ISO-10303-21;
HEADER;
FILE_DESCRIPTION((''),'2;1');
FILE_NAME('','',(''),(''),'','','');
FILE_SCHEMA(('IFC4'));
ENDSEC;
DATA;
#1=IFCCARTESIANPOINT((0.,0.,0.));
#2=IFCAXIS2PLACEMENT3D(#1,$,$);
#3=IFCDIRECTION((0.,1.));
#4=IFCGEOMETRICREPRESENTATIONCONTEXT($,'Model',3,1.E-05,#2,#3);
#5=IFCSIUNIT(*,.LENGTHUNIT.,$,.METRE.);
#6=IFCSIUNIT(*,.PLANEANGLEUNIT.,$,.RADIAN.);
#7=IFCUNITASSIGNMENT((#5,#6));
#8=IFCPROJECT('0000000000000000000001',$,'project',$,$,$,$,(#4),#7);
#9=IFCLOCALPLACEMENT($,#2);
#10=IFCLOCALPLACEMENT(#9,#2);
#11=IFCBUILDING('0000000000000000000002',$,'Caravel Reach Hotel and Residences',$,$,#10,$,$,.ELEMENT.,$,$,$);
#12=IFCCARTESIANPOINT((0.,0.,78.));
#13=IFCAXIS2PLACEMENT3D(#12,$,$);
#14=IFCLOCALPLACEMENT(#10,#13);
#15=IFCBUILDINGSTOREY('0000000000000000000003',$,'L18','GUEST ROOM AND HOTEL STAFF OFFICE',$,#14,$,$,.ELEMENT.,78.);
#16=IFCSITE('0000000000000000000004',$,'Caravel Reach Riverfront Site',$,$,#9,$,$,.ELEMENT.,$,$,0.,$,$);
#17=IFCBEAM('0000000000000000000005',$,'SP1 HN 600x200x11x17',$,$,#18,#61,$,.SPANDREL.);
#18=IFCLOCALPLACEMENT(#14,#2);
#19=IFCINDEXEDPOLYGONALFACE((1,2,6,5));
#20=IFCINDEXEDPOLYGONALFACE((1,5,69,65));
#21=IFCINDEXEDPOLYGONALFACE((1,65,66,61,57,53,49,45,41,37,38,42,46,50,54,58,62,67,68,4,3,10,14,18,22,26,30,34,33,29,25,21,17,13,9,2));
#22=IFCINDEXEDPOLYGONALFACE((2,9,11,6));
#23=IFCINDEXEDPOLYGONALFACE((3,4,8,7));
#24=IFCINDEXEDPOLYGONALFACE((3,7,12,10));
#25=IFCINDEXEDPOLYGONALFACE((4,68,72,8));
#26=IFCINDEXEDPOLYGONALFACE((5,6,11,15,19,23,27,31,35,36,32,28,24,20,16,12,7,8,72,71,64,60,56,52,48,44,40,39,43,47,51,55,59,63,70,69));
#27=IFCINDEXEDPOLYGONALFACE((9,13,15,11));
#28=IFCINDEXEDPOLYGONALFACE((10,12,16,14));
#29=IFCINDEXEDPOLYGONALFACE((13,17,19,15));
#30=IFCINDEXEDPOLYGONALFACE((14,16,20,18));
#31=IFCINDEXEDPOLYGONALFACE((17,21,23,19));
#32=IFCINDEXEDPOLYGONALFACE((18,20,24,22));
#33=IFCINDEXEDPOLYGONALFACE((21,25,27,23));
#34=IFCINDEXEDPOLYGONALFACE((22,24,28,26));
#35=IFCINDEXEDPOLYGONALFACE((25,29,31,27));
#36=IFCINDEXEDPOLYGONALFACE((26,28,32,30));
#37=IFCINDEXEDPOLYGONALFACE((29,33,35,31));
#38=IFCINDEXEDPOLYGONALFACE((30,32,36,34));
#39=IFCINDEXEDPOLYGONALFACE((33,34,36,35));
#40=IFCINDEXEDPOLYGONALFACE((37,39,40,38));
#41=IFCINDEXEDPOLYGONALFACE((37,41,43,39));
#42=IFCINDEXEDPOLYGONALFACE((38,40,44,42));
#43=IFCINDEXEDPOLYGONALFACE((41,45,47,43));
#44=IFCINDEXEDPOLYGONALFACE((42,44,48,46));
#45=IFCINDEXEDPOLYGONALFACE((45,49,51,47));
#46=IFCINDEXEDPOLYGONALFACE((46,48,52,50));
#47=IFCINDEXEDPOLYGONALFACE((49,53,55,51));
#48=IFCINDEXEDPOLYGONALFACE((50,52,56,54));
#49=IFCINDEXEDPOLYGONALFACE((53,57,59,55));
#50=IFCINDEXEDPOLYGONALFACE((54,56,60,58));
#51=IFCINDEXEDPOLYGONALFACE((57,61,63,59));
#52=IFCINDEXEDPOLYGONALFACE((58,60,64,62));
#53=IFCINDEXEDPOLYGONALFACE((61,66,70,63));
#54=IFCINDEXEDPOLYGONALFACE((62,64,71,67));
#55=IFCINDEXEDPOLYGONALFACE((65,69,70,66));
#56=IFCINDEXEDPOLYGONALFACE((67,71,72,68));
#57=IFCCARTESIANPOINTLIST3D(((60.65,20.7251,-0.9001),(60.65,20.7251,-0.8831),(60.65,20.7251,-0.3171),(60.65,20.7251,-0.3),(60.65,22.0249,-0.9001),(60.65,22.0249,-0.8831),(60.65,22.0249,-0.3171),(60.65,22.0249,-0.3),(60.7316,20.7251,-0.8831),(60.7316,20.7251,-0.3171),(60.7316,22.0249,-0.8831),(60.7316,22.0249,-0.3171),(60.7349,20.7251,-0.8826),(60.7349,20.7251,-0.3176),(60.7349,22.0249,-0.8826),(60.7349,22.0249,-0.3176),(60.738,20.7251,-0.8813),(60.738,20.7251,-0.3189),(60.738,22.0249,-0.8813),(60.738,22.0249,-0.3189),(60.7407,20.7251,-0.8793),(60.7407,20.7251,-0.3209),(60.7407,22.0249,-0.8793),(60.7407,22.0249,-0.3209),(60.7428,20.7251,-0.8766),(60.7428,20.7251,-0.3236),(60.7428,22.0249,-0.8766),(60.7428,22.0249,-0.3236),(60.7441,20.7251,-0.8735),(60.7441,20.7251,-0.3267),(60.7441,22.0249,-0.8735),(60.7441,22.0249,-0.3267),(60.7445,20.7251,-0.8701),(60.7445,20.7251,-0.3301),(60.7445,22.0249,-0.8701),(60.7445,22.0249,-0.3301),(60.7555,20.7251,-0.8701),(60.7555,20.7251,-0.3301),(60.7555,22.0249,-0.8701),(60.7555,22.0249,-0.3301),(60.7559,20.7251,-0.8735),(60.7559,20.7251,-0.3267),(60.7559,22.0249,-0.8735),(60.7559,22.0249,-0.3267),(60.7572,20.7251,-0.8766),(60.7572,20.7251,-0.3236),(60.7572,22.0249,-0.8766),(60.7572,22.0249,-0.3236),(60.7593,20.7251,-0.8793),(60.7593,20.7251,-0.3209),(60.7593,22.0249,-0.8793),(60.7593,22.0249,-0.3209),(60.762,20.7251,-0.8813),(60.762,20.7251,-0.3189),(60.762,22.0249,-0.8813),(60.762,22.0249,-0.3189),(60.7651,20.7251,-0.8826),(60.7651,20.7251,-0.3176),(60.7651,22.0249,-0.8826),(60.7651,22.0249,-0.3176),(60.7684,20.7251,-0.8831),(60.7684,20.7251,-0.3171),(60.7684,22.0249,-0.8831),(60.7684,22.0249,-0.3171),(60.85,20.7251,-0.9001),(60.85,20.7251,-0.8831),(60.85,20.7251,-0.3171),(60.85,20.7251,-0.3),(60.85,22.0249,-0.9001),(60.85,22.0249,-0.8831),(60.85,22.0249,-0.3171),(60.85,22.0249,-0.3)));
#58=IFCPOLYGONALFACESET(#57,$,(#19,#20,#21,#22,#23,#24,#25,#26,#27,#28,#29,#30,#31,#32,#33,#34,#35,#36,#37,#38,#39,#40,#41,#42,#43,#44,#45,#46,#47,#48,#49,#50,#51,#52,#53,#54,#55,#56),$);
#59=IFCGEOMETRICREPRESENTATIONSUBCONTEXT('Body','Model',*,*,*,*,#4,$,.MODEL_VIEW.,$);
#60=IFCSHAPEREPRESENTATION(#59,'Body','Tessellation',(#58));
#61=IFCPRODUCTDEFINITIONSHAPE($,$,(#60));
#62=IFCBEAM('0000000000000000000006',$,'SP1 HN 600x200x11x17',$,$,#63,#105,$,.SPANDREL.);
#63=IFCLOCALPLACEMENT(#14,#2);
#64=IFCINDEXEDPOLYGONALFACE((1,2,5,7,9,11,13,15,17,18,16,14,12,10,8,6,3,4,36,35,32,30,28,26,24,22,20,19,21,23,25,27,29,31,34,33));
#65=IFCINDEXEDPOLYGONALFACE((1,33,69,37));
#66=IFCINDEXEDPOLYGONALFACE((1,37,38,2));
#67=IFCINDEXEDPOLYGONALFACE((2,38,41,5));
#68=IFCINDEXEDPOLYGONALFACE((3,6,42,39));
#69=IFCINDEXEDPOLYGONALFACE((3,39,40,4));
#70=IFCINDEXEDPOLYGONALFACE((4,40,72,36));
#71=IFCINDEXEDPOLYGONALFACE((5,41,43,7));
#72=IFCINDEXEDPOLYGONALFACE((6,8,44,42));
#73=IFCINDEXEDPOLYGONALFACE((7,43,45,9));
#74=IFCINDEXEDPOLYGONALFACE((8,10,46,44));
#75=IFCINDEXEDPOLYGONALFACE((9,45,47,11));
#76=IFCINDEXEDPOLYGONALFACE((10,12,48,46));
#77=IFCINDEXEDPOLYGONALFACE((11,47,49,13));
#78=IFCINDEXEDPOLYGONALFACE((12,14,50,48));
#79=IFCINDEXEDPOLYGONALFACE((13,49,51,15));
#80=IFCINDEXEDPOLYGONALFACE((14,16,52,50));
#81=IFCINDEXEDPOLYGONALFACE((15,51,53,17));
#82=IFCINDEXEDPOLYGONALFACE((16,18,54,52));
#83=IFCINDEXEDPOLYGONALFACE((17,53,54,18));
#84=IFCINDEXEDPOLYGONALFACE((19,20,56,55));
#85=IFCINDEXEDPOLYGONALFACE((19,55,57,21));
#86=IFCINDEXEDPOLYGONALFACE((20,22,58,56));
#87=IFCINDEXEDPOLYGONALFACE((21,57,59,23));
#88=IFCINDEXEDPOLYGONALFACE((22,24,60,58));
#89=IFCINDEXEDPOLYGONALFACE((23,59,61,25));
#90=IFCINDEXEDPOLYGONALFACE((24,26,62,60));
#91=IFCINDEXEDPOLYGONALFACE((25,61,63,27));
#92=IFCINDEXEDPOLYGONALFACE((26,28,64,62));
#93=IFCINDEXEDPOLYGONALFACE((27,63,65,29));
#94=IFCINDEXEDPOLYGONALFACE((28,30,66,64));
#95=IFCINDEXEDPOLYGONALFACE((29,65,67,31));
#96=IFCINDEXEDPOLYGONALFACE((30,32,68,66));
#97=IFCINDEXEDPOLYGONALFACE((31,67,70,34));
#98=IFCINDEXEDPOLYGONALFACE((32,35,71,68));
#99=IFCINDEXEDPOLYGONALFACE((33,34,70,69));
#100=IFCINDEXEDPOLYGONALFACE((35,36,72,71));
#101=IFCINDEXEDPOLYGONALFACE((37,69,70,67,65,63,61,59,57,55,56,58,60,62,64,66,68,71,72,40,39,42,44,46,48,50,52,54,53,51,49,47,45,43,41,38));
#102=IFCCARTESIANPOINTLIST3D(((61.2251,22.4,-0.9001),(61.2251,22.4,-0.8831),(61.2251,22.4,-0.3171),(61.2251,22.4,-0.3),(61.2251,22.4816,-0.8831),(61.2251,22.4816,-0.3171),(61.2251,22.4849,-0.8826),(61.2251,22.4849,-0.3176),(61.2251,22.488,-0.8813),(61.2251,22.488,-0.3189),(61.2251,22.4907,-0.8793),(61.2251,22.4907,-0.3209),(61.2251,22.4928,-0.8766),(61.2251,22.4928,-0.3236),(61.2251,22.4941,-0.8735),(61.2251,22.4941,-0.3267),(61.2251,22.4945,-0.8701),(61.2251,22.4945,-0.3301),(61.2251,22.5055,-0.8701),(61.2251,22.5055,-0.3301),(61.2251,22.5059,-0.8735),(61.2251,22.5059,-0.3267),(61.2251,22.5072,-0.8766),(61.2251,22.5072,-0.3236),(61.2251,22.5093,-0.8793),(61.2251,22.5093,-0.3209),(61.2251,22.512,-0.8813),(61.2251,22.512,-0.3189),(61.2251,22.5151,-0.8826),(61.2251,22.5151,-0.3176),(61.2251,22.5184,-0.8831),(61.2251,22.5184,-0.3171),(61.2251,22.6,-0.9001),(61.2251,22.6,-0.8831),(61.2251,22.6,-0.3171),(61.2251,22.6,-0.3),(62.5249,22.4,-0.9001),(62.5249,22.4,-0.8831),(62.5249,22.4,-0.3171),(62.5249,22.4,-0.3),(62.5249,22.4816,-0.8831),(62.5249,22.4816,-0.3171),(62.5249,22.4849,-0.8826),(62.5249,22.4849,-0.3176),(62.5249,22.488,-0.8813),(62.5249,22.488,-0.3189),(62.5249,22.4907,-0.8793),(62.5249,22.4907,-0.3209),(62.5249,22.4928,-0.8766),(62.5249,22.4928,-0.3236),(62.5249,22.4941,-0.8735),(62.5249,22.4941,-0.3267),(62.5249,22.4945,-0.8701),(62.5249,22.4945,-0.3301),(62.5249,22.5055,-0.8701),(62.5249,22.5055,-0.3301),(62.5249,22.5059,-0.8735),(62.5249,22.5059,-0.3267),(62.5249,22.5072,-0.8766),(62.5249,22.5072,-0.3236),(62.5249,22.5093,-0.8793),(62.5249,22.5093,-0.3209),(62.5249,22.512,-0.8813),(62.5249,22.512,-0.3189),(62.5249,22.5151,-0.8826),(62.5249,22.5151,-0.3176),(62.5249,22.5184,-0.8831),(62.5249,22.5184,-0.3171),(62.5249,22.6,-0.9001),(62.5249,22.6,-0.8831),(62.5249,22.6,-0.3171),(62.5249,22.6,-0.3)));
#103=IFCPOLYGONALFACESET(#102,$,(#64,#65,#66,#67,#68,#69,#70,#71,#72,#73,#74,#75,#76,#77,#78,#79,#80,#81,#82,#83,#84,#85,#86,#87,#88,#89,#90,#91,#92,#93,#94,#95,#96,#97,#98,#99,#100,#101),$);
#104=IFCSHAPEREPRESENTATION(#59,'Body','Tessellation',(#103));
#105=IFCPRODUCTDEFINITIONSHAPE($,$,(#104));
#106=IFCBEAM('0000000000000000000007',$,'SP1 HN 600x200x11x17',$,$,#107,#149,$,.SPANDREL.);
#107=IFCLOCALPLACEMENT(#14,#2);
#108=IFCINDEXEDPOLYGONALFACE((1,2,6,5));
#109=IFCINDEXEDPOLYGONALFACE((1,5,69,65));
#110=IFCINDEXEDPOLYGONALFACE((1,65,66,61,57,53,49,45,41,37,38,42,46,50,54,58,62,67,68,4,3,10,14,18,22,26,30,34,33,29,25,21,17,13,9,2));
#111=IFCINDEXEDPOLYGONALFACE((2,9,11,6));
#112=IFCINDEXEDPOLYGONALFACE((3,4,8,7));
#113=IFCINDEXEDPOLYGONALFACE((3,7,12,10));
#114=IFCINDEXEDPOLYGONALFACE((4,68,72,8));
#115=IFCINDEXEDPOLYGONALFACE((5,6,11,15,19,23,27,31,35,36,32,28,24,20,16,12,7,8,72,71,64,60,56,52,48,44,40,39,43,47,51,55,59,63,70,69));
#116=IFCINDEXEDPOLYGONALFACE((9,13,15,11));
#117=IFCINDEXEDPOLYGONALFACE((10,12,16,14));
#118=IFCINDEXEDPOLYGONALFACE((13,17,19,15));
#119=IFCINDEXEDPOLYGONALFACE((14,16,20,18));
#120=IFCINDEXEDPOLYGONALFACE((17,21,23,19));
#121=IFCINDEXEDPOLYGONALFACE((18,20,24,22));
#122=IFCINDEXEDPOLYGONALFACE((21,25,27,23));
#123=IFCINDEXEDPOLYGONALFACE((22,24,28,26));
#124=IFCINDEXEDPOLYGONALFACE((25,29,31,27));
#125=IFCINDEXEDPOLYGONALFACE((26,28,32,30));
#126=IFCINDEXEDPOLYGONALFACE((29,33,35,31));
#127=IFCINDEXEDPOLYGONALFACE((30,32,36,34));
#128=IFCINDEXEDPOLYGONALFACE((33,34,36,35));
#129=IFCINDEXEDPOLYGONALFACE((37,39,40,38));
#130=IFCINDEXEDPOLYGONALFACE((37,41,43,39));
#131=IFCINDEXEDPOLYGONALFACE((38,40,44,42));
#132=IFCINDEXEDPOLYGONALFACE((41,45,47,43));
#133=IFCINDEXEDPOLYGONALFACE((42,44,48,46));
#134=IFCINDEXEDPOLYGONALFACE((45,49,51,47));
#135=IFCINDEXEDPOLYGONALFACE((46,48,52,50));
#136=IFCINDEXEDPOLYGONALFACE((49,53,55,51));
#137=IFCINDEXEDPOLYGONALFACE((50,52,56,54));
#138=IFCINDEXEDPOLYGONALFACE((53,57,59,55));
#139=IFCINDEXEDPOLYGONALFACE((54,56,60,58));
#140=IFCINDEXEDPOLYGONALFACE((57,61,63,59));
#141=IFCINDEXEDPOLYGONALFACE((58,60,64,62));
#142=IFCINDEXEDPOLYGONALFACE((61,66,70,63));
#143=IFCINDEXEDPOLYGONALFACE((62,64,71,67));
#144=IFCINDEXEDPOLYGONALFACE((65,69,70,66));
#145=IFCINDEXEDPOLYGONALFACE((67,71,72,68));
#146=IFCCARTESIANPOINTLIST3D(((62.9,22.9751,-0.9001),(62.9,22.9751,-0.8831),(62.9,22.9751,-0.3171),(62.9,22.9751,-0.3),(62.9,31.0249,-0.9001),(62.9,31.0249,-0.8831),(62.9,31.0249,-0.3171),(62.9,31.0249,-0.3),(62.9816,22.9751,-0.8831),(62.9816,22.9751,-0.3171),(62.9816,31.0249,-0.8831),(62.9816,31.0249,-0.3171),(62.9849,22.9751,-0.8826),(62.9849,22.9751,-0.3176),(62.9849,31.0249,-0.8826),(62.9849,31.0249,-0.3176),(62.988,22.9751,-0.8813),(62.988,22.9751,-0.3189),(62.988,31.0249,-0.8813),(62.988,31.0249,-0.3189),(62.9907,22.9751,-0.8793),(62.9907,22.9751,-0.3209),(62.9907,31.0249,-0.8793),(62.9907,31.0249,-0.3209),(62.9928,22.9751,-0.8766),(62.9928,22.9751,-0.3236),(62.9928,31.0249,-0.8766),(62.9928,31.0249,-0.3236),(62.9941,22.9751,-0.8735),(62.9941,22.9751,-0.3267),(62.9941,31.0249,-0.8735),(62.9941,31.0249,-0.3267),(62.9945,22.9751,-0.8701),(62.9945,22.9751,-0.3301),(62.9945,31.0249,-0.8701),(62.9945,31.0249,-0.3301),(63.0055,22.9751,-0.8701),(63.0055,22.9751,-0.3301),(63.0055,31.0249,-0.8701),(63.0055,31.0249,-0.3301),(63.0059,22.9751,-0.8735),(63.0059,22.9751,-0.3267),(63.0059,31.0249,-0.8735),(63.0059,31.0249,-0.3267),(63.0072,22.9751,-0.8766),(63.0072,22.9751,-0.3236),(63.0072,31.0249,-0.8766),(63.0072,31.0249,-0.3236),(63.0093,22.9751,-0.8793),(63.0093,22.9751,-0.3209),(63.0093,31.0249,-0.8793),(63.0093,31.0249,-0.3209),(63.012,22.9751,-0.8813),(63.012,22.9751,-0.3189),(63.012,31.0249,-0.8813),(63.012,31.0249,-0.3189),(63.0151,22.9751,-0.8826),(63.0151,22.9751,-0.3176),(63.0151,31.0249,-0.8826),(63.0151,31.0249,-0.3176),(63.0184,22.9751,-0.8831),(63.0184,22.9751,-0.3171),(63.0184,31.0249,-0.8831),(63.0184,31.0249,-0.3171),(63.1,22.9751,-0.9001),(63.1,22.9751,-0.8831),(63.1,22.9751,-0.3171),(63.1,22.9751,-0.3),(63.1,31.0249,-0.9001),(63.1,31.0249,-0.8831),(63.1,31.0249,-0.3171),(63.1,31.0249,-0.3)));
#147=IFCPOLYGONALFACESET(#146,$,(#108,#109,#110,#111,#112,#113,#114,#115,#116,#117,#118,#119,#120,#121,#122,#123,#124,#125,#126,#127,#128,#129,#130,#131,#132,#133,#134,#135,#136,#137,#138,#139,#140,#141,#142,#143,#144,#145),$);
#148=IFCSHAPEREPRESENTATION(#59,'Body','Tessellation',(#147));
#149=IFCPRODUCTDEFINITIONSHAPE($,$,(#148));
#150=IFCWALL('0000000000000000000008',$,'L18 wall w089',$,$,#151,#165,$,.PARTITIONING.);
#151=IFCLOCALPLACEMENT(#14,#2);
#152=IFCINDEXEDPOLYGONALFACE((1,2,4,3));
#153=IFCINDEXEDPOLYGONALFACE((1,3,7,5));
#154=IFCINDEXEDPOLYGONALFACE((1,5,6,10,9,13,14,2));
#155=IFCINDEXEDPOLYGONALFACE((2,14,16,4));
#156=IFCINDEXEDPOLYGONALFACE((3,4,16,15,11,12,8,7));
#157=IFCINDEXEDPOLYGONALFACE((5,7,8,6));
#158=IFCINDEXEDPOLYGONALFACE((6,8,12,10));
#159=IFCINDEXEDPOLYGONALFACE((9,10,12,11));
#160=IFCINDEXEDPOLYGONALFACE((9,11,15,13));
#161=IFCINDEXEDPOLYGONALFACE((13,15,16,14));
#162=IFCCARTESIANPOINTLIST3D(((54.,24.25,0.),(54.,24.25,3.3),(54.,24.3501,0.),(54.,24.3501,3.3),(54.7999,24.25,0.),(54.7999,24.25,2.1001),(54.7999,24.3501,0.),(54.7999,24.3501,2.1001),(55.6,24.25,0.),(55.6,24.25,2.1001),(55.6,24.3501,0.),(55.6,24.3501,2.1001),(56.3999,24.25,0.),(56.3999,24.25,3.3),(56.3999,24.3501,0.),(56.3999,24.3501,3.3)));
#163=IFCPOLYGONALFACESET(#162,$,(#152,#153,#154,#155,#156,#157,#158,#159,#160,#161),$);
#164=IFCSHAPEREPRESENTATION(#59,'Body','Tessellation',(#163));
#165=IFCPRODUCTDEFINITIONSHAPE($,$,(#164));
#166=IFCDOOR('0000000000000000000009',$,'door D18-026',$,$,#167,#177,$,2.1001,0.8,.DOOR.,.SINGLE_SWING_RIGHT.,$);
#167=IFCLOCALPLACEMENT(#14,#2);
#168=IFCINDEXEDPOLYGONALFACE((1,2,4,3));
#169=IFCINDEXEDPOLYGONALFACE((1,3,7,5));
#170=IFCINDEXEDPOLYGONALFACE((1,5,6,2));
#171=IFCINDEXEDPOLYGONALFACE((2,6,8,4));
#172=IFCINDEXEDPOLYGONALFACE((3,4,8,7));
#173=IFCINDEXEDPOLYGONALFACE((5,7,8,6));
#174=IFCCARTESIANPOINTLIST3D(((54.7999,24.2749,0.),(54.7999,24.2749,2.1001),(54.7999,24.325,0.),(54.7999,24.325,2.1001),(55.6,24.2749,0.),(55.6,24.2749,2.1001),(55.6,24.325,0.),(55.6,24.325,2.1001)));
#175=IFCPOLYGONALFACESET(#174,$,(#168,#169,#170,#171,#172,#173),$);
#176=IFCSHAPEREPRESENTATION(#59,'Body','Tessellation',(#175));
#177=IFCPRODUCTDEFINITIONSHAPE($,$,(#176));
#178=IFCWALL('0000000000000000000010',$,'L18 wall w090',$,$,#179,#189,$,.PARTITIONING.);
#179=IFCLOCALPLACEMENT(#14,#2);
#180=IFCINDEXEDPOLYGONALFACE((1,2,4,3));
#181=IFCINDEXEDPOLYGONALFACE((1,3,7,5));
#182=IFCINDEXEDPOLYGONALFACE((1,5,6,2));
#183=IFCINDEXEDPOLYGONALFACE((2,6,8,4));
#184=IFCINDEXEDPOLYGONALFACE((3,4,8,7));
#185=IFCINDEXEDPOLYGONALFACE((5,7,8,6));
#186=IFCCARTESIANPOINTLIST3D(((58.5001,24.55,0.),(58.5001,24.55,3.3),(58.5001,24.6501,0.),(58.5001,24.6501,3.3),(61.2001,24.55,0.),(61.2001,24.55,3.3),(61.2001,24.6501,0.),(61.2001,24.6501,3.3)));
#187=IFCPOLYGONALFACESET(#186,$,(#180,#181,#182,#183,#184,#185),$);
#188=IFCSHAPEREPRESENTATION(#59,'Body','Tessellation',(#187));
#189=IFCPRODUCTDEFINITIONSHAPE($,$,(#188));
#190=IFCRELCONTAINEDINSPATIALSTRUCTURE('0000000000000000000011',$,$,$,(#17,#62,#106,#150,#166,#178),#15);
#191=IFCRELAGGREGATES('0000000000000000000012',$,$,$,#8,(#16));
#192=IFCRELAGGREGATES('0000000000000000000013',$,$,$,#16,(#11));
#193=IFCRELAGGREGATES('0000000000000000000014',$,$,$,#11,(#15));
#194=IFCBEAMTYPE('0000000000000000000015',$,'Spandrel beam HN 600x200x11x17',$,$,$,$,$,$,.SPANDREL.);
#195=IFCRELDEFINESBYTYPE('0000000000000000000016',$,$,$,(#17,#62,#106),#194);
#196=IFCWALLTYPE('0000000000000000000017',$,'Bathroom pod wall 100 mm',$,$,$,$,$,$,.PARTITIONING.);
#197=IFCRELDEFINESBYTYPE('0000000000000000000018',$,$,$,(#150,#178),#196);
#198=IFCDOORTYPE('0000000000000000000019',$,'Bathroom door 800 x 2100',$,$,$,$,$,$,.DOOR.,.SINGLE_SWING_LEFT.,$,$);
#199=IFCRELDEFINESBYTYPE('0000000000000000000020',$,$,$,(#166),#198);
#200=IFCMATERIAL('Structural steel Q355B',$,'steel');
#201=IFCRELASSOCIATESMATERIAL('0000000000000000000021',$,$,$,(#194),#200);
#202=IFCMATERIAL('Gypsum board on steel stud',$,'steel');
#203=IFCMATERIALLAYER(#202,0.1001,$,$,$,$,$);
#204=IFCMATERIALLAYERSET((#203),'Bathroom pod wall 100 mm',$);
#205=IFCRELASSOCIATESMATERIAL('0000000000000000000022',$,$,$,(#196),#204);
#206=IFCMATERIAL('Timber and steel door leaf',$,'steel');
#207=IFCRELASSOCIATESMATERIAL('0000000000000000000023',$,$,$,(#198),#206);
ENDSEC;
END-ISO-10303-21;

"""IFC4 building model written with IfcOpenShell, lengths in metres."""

from ifc_helpers import new_model, si_unit, direction, frame, frame_2d, origin, origin_2d, place, context, subcontext, project, spatial, rectangle, i_section, extrude, material, layer, layer_set, material_profile, profile_set, type_object, element, fill, save


model = new_model("IFC4")

# Units and contexts
model_context = context("Model", 3, precision=1e-05, world=origin(), true_north=direction((0.0, 1.0)))
body_context = subcontext(model_context, "Body", "Model", "MODEL_VIEW")
ifc_project = project(units=[si_unit("LENGTHUNIT", "METRE"), si_unit("PLANEANGLEUNIT", "RADIAN")], contexts=[model_context])

# Site, building, storey
site_placement = place(None, origin())
site = spatial("IfcSite", under=ifc_project, at=site_placement, Name="Caravel Reach Riverfront Site", CompositionType="ELEMENT", RefElevation=0.0)
building_placement = place(site_placement, origin())
building = spatial("IfcBuilding", under=site, at=building_placement, Name="Caravel Reach Hotel and Residences", CompositionType="ELEMENT")
storey_placement = place(building_placement, frame((0.0, 0.0, 78.0)))
storey = spatial("IfcBuildingStorey", under=building, at=storey_placement, Name="L18", Description="GUEST ROOM AND HOTEL STAFF OFFICE", CompositionType="ELEMENT", Elevation=78.0)

# Beams
ifc_material_1 = material(Name="Structural steel Q355B", Category="steel")
ifc_material_profile_1 = material_profile(ifc_material_1, i_section(OverallWidth=0.2, OverallDepth=0.6001, WebThickness=0.011, FlangeThickness=0.0171, FilletRadius=0.0129, at=origin_2d()), Name="HN 600x200x11x17")
ifc_profile_set_1 = profile_set([ifc_material_profile_1], Name="Structural steel Q355B")
beam_type = type_object("IfcBeamType", Name="Spandrel beam HN 600x200x11x17", PredefinedType="SPANDREL", material=ifc_profile_set_1)
for number, where, z_axis, x_axis, name in (
    (1, (60.75, 20.7251, -0.6001), (0.0, 1.0, 0.0), (-1.0, 0.0, 0.0), "SP1 HN 600x200x11x17"),
    (2, (61.2251, 22.5, -0.6001), (1.0, 0.0, 0.0), (0.0, 1.0, 0.0), "SP1 HN 600x200x11x17"),
):
    element("IfcBeam", number, at=place(storey_placement, frame(where, z_axis=z_axis, x_axis=x_axis)), inside=storey, type_object=beam_type, Name=name, PredefinedType="SPANDREL", context=body_context, shape_type="SweptSolid", body=[
        extrude(i_section(OverallWidth=0.2, OverallDepth=0.6001, WebThickness=0.011, FlangeThickness=0.0171, FilletRadius=0.0129, at=origin_2d()), origin(), (0.0, 0.0, 1.0), 1.2998),
    ])
beam_placement = place(storey_placement, frame((63.0, 22.9751, -0.6001), z_axis=(0.0, 1.0, 0.0), x_axis=(-1.0, 0.0, 0.0)))
element("IfcBeam", 3, at=beam_placement, inside=storey, type_object=beam_type, Name="SP1 HN 600x200x11x17", PredefinedType="SPANDREL", context=body_context, shape_type="SweptSolid", body=[
    extrude(i_section(OverallWidth=0.2, OverallDepth=0.6001, WebThickness=0.011, FlangeThickness=0.0171, FilletRadius=0.0129, at=origin_2d()), origin(), (0.0, 0.0, 1.0), 8.0498),
])

# Wall, opening, door
ifc_material_2 = material(Name="Gypsum board on steel stud", Category="steel")
ifc_layer_1 = layer(ifc_material_2, 0.1001)
ifc_layer_set_1 = layer_set([ifc_layer_1], Name="Bathroom pod wall 100 mm")
wall_type_1 = type_object("IfcWallType", Name="Bathroom pod wall 100 mm", PredefinedType="PARTITIONING", material=ifc_layer_set_1)
wall_1_placement = place(storey_placement, frame((54.0, 24.3, 0.0), z_axis=(0.0, 0.0, 1.0), x_axis=(1.0, 0.0, 0.0)))
wall_1 = element("IfcWall", 4, at=wall_1_placement, inside=storey, type_object=wall_type_1, Name="L18 wall w089", PredefinedType="PARTITIONING", context=body_context, shape_type="SweptSolid", body=[
    extrude(rectangle(XDim=2.3999, YDim=0.1001, at=frame_2d((1.2, 0.0))), origin(), (0.0, 0.0, 1.0), 3.3),
])
opening_1_placement = place(wall_1_placement, frame((0.8, 0.0, 0.0)))
opening_1 = element("IfcOpeningElement", 5, at=opening_1_placement, cuts=wall_1, PredefinedType="OPENING", context=body_context, shape_type="SweptSolid", body=[
    extrude(rectangle(XDim=0.8, YDim=2.1001, at=frame_2d((0.3999, 1.05))), frame((0.0, 0.0601, 0.0), z_axis=(0.0, -1.0, 0.0), x_axis=(1.0, 0.0, 0.0)), (0.0, 0.0, 1.0), 0.1201),
])
ifc_material_3 = material(Name="Timber and steel door leaf", Category="steel")
door_type = type_object("IfcDoorType", Name="Bathroom door 800 x 2100", OperationType="SINGLE_SWING_LEFT", PredefinedType="DOOR", material=ifc_material_3)
door_1_placement = place(opening_1_placement, origin())
door_1 = element("IfcDoor", 6, at=door_1_placement, inside=storey, type_object=door_type, Name="door D18-026", OperationType="SINGLE_SWING_RIGHT", OverallHeight=2.1001, OverallWidth=0.8, PredefinedType="DOOR", context=body_context, shape_type="SweptSolid", body=[
    extrude(rectangle(XDim=0.8, YDim=2.1001, at=frame_2d((0.3999, 1.05))), frame((0.0, 0.0249, 0.0), z_axis=(0.0, -1.0, 0.0), x_axis=(1.0, 0.0, 0.0)), (0.0, 0.0, 1.0), 0.05),
])
fill(opening_1, door_1)

# Wall
for number, where, z_axis, x_axis, name in (
    (7, (58.5, 24.6001, 0.0), (0.0, 0.0, 1.0), (1.0, 0.0, 0.0), "L18 wall w090"),
):
    element("IfcWall", number, at=place(storey_placement, frame(where, z_axis=z_axis, x_axis=x_axis)), inside=storey, type_object=wall_type_1, Name=name, PredefinedType="PARTITIONING", context=body_context, shape_type="SweptSolid", body=[
        extrude(rectangle(XDim=2.7, YDim=0.1001, at=frame_2d((1.3501, 0.0))), origin(), (0.0, 0.0, 1.0), 3.3),
    ])

save(model, "model.ifc")
